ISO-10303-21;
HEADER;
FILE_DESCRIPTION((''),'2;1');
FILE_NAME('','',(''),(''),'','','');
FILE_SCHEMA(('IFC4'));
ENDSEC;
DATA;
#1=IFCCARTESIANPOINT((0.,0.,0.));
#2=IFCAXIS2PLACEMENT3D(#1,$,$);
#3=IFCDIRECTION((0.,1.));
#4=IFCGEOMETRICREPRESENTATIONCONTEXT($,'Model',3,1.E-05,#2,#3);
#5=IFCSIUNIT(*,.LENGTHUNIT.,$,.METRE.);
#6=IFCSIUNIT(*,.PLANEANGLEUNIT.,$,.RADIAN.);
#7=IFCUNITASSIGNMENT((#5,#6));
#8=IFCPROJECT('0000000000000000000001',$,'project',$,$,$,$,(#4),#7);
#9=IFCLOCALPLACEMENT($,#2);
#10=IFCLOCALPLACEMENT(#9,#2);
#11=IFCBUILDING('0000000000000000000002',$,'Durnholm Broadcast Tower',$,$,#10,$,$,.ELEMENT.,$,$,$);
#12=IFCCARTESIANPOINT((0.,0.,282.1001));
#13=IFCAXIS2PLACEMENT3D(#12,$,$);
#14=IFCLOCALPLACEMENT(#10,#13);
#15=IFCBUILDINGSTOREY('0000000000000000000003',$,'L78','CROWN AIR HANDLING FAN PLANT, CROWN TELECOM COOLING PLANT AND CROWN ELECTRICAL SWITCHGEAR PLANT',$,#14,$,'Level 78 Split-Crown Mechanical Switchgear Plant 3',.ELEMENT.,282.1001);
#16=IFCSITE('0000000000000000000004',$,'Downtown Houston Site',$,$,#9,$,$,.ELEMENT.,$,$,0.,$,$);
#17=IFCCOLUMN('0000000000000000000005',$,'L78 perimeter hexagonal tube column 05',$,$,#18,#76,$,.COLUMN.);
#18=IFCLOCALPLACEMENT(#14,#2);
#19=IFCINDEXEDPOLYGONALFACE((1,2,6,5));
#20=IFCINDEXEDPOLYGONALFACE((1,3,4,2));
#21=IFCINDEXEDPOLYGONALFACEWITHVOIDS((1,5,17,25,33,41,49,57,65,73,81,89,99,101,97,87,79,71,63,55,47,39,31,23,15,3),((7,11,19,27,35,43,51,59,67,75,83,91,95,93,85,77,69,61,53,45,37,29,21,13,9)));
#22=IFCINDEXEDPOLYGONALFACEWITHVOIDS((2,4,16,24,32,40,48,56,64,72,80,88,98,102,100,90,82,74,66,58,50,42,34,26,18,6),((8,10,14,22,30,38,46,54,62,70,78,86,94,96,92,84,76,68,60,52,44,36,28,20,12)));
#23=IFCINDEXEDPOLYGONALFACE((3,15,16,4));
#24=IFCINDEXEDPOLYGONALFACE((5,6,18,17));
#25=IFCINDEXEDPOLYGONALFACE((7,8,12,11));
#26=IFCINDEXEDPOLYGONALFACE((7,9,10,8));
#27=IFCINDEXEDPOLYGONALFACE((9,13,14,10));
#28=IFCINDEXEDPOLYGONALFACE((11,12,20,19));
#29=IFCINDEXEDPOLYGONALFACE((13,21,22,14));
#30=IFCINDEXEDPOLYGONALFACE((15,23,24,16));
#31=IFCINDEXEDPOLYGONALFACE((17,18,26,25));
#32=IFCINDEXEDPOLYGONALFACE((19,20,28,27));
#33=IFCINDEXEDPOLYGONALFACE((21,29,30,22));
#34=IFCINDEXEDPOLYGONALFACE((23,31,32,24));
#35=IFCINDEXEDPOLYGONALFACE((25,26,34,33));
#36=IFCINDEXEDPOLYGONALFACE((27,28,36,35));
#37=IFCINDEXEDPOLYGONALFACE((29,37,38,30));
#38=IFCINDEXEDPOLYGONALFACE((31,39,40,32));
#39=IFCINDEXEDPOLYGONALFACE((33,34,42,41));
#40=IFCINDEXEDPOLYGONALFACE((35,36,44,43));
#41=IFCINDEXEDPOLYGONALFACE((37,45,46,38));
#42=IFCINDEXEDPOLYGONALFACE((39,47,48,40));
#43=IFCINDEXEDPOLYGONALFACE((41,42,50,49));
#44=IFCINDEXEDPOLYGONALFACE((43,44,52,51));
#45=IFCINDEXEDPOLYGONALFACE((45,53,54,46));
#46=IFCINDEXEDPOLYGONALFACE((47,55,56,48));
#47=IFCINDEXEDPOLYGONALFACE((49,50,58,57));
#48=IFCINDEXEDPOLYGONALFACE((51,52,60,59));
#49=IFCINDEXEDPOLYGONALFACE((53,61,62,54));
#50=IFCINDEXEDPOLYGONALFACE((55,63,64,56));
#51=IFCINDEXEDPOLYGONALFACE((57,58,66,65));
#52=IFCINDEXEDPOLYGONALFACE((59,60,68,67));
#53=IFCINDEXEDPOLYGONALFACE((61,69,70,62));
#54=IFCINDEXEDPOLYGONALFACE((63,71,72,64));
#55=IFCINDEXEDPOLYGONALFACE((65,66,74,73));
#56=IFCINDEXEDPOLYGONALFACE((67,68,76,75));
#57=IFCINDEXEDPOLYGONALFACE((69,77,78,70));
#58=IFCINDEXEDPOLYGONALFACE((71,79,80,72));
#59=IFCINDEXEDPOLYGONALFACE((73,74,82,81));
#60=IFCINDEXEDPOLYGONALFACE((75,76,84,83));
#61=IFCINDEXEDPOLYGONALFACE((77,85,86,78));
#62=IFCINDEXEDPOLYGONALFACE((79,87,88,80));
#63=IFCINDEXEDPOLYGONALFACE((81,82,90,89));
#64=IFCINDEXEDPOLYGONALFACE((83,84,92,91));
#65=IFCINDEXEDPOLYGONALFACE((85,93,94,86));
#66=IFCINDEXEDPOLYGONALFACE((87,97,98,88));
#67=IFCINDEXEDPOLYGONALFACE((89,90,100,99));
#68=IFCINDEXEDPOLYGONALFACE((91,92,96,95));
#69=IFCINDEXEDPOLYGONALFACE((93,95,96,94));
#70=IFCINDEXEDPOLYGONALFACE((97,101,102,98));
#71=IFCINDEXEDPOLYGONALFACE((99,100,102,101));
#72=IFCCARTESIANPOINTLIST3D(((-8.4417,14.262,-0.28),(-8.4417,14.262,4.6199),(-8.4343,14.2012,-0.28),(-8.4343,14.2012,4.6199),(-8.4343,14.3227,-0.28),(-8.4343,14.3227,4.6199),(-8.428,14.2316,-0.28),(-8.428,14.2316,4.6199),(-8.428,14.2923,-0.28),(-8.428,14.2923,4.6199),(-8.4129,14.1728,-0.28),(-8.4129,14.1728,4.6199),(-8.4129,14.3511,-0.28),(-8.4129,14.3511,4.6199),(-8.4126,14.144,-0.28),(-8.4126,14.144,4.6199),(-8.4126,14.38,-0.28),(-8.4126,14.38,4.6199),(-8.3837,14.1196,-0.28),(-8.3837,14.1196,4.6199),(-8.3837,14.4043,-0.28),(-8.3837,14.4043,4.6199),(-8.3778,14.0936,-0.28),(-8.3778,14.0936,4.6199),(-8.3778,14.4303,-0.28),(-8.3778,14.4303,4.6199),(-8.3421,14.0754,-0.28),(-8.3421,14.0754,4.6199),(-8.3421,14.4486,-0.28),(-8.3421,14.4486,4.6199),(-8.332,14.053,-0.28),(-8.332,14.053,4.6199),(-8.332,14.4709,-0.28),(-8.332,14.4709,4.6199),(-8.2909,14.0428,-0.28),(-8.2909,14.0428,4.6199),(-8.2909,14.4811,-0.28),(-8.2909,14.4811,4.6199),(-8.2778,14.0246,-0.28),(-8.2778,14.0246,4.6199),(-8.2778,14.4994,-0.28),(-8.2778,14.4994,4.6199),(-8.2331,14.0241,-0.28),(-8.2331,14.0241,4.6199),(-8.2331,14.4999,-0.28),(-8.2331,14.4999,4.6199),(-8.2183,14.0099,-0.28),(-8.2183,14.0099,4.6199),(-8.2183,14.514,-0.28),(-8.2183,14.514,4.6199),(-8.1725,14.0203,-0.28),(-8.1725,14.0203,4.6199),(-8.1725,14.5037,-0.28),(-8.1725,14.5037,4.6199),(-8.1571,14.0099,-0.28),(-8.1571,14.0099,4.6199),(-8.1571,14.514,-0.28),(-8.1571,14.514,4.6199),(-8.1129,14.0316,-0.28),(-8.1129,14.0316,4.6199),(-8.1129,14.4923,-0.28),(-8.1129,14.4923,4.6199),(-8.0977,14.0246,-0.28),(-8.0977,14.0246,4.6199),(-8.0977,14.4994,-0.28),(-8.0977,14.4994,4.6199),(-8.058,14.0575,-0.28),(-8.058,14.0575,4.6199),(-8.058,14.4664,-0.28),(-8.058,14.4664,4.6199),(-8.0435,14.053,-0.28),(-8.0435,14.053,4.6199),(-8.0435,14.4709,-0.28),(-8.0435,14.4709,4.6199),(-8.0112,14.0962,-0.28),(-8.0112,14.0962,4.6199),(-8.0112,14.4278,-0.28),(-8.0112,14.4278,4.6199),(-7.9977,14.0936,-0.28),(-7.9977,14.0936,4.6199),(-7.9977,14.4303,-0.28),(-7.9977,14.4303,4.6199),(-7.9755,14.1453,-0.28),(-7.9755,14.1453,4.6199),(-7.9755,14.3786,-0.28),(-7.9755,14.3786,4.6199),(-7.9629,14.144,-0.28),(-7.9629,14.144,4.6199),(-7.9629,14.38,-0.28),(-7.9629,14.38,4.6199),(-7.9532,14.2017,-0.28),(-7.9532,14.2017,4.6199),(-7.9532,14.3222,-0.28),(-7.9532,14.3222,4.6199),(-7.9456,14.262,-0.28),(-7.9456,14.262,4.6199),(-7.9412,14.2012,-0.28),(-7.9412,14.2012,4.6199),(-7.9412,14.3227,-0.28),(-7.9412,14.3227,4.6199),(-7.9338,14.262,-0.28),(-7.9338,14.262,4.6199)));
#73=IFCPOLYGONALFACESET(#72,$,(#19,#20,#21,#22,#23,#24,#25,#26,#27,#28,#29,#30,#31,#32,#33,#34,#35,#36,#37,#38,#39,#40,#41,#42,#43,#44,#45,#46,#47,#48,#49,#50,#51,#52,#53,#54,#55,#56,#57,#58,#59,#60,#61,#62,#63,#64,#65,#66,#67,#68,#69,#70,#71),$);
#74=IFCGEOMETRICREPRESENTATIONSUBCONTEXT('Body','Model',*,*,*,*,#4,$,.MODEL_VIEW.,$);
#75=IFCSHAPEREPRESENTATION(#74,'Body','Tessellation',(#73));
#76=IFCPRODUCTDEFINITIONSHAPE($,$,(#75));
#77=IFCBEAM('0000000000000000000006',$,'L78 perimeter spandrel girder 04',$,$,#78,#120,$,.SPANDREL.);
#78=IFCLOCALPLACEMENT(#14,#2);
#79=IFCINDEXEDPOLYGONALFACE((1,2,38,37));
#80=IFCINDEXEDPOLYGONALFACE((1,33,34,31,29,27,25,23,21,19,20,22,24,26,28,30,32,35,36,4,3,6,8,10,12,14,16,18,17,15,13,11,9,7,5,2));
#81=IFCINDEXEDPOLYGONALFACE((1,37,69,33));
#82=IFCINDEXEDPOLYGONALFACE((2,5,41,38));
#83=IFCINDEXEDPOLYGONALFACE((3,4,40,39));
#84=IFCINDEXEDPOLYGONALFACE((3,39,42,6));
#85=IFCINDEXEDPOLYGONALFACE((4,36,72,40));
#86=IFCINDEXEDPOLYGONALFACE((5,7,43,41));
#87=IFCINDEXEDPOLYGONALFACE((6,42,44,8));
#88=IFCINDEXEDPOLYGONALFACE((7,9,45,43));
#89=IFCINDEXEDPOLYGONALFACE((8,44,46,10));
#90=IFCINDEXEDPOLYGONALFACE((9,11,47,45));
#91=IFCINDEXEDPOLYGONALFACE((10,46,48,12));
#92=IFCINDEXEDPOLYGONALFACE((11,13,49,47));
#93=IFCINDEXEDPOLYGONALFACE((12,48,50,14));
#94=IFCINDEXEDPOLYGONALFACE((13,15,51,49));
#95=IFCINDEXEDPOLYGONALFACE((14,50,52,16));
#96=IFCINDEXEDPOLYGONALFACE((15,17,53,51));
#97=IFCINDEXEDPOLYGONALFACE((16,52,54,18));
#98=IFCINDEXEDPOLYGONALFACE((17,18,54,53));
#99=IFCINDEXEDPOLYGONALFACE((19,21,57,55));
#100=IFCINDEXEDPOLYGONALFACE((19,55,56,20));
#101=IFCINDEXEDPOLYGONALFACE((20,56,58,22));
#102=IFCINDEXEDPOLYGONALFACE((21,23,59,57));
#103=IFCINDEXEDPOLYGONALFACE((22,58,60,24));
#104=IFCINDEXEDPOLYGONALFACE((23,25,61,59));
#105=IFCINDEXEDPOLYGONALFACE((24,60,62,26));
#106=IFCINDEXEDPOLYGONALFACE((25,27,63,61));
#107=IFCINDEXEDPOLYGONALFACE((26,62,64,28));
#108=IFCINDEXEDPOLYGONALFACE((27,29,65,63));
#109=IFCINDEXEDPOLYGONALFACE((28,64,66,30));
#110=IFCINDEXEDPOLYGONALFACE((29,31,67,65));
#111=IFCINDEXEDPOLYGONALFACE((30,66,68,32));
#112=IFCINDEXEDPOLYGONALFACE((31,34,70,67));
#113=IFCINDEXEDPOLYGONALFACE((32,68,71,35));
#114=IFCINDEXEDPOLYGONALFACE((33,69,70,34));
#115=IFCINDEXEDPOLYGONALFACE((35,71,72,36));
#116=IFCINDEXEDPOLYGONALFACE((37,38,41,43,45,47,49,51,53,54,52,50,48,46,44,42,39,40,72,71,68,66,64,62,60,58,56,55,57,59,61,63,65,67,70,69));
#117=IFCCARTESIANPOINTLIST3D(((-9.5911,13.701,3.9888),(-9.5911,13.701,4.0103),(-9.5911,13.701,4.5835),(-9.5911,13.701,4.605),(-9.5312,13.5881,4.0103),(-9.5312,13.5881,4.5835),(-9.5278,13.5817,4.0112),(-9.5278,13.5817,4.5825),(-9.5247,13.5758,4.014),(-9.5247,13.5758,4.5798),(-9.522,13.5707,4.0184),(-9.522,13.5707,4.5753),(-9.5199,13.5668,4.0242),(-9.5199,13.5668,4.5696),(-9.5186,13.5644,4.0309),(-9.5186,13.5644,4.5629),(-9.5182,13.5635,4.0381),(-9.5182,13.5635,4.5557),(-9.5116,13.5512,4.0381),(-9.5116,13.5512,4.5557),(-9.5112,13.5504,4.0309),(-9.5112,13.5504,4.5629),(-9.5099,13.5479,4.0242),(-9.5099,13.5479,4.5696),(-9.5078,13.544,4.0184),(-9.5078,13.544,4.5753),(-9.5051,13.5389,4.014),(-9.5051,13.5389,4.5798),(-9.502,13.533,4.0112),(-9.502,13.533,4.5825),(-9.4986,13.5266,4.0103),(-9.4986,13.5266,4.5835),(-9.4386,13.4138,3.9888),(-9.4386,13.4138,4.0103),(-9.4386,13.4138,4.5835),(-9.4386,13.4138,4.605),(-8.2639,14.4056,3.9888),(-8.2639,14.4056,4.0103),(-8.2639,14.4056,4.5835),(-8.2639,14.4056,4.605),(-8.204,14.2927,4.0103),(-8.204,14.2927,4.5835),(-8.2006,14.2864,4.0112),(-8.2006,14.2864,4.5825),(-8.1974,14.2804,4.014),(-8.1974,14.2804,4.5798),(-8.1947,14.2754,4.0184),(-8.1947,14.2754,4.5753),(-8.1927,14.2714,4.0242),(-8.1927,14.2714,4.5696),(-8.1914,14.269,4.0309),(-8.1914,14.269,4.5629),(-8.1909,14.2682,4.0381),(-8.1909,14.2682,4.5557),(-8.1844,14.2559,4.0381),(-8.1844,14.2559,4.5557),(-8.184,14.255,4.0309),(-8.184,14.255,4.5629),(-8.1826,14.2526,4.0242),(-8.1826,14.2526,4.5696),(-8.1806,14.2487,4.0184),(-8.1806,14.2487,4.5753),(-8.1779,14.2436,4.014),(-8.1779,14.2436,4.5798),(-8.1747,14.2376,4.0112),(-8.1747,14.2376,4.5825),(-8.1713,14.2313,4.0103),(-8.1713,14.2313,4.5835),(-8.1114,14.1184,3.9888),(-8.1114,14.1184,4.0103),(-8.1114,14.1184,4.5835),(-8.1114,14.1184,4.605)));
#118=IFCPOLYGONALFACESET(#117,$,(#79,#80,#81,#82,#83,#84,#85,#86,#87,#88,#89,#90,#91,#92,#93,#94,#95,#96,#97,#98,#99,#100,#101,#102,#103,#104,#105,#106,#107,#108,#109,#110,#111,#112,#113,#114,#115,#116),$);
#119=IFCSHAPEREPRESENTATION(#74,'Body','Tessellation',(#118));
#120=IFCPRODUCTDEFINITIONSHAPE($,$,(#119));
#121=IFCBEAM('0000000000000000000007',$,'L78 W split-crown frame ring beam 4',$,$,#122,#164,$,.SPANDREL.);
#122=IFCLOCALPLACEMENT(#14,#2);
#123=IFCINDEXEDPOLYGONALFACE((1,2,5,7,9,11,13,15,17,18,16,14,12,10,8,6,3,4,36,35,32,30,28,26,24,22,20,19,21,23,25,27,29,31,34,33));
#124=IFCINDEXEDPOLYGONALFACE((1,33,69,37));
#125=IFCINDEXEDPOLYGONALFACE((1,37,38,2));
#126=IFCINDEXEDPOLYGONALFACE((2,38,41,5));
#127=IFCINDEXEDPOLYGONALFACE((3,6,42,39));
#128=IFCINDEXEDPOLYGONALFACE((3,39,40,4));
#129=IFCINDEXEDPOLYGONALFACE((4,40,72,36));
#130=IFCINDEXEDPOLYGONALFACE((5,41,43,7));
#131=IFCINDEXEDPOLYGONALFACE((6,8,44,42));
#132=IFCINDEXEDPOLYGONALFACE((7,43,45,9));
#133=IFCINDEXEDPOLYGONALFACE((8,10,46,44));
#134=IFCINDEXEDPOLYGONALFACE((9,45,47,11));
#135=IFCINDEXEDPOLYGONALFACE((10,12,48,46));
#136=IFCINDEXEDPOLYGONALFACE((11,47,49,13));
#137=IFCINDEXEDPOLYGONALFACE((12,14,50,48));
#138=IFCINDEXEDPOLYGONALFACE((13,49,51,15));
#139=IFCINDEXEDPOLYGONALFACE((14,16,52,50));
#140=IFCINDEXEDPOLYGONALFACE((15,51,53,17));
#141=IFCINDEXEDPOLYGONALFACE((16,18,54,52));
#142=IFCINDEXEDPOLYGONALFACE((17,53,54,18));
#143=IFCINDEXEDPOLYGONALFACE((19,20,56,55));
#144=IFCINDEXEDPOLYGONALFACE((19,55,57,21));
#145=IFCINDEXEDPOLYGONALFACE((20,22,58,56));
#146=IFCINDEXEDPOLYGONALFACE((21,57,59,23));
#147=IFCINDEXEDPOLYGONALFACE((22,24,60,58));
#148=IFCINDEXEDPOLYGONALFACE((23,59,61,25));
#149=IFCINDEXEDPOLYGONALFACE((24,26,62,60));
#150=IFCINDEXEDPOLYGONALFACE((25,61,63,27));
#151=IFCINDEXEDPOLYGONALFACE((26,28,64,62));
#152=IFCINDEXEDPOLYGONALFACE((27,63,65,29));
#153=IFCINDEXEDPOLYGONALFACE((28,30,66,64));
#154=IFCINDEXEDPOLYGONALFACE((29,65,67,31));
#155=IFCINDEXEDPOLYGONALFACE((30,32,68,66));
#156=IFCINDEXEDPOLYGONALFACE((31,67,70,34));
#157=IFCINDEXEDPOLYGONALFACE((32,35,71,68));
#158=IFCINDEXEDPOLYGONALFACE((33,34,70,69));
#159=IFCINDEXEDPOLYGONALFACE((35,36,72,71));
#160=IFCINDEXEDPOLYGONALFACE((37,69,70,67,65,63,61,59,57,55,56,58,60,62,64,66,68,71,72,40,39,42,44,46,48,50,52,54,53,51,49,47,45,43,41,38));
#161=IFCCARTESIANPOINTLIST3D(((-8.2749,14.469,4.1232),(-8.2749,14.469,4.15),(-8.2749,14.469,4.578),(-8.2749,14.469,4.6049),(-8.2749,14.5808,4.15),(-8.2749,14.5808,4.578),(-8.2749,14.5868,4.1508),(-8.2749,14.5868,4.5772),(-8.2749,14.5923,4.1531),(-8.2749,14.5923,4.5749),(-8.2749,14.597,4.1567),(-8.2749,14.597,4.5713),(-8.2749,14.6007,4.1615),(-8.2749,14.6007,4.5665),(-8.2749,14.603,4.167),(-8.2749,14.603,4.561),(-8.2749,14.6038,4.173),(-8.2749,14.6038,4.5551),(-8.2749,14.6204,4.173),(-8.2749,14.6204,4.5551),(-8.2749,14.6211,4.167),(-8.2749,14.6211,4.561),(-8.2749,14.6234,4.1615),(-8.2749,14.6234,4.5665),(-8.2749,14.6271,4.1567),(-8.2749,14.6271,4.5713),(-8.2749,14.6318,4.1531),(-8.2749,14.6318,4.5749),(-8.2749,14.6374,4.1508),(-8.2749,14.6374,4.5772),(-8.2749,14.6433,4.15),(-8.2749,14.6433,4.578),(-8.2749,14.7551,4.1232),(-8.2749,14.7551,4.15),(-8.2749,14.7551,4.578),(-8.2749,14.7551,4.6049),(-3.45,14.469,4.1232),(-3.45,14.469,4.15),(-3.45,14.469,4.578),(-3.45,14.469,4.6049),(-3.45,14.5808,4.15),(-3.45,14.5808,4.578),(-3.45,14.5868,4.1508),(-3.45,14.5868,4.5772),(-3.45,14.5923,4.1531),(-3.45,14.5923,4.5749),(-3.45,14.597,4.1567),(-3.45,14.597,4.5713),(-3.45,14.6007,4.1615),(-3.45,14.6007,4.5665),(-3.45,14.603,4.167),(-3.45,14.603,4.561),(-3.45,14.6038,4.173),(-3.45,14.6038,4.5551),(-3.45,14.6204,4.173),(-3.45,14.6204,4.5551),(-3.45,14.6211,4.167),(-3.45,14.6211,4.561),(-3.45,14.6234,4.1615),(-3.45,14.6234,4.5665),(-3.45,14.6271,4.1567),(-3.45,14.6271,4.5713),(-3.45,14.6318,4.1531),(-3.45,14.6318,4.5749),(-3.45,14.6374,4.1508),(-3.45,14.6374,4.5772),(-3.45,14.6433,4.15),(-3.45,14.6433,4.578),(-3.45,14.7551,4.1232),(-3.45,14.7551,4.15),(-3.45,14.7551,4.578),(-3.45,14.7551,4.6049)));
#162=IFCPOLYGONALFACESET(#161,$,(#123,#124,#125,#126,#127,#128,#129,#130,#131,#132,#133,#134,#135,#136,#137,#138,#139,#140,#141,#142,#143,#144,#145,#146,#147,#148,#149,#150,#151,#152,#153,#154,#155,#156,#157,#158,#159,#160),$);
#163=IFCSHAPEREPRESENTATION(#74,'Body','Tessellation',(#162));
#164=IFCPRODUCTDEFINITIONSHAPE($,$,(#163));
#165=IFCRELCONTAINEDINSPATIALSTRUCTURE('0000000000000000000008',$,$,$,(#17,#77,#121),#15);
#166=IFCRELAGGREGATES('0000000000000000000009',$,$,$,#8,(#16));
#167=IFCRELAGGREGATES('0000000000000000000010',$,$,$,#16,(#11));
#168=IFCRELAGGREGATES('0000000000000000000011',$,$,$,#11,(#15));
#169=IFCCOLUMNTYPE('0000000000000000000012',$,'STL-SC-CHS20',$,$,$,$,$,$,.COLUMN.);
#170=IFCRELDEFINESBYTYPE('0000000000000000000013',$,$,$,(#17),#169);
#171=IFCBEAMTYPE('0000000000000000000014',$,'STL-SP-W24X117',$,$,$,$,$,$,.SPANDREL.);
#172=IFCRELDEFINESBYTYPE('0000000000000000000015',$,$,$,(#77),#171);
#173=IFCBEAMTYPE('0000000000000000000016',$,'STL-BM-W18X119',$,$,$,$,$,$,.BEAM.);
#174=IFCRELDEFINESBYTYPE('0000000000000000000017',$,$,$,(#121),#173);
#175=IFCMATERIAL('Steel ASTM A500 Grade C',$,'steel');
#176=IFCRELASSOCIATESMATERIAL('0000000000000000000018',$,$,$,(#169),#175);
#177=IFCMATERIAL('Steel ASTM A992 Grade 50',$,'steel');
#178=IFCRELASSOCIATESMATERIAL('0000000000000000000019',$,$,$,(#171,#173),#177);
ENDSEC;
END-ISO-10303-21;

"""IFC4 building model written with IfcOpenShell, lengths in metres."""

from ifc_helpers import new_model, si_unit, direction, frame, origin, origin_2d, place, context, subcontext, project, spatial, hollow_circle, i_section, extrude, source, transform, mapped, material, material_profile, profile_set, type_object, type_shapes, element, save


model = new_model("IFC4")

# Units and contexts
model_context = context("Model", 3, precision=1e-05, world=origin(), true_north=direction((0.0, 1.0)))
body_context = subcontext(model_context, "Body", "Model", "MODEL_VIEW")
ifc_project = project(units=[si_unit("LENGTHUNIT", "METRE"), si_unit("PLANEANGLEUNIT", "RADIAN")], contexts=[model_context])

# Site, building, storey
site_placement = place(None, origin())
site = spatial("IfcSite", under=ifc_project, at=site_placement, Name="Downtown Houston Site", CompositionType="ELEMENT", RefElevation=0.0)
building_placement = place(site_placement, origin())
building = spatial("IfcBuilding", under=site, at=building_placement, Name="Durnholm Broadcast Tower", CompositionType="ELEMENT")
storey_placement = place(building_placement, frame((0.0, 0.0, 282.1001)))
storey = spatial("IfcBuildingStorey", under=building, at=storey_placement, Name="L78", Description="CROWN AIR HANDLING FAN PLANT, CROWN TELECOM COOLING PLANT AND CROWN ELECTRICAL SWITCHGEAR PLANT", LongName="Level 78 Split-Crown Mechanical Switchgear Plant 3", CompositionType="ELEMENT", Elevation=282.1001)

# Column
ifc_material_1 = material(Name="Steel ASTM A500 Grade C", Category="steel")
ifc_material_profile_1 = material_profile(ifc_material_1, hollow_circle(Radius=0.2539, WallThickness=0.0117, at=origin_2d()), Name="HSS20.000X0.500")
ifc_profile_set_1 = profile_set([ifc_material_profile_1], Name="Steel ASTM A500 Grade C")
column_type = type_object("IfcColumnType", Name="STL-SC-CHS20", PredefinedType="COLUMN", material=ifc_profile_set_1)
shared_shape_1 = source(origin(), body_context, "Body", "SweptSolid", [
    extrude(hollow_circle(Radius=0.2539, WallThickness=0.0117, at=origin_2d()), origin(), (0.0, 0.0, 1.0), 4.8999),
])
type_shapes(column_type, [shared_shape_1])
column_placement = place(storey_placement, frame((-8.1877, 14.262, -0.28), z_axis=(0.0, 0.0, 1.0), x_axis=(1.0, 0.0, 0.0)))
element("IfcColumn", 1, at=column_placement, inside=storey, type_object=column_type, Name="L78 perimeter hexagonal tube column 05", PredefinedType="COLUMN", context=body_context, shape_type="MappedRepresentation", body=[
    mapped(shared_shape_1, transform((0.0, 0.0, 0.0), x_axis=(1.0, 0.0, 0.0), y_axis=(0.0, 1.0, 0.0), z_axis=(0.0, 0.0, 1.0), scale=1.0)),
])

# Beams
ifc_material_2 = material(Name="Steel ASTM A992 Grade 50", Category="steel")
ifc_material_profile_2 = material_profile(ifc_material_2, i_section(OverallWidth=0.3252, OverallDepth=0.6162, WebThickness=0.0139, FlangeThickness=0.0215, FilletRadius=0.0278, at=origin_2d()), Name="W24X117")
ifc_profile_set_2 = profile_set([ifc_material_profile_2], Name="Steel ASTM A992 Grade 50")
beam_type_1 = type_object("IfcBeamType", Name="STL-SP-W24X117", PredefinedType="SPANDREL", material=ifc_profile_set_2)
shared_shape_2 = source(origin(), body_context, "Body", "SweptSolid", [
    extrude(i_section(OverallWidth=0.3252, OverallDepth=0.6162, WebThickness=0.0139, FlangeThickness=0.0215, FilletRadius=0.0278, at=origin_2d()), origin(), (0.0, 0.0, 1.0), 1.5027),
])
type_shapes(beam_type_1, [shared_shape_2])
beam_1_placement = place(storey_placement, frame((-9.5149, 13.5574, 4.2969), z_axis=(0.883242, 0.468918, 0.0), x_axis=(-0.468918, 0.883242, 0.0)))
element("IfcBeam", 2, at=beam_1_placement, inside=storey, type_object=beam_type_1, Name="L78 perimeter spandrel girder 04", PredefinedType="SPANDREL", context=body_context, shape_type="MappedRepresentation", body=[
    mapped(shared_shape_2, transform((0.0, 0.0, 0.0), x_axis=(1.0, 0.0, 0.0), y_axis=(0.0, 1.0, 0.0), z_axis=(0.0, 0.0, 1.0), scale=1.0)),
])
ifc_material_profile_3 = material_profile(ifc_material_2, i_section(OverallWidth=0.2861, OverallDepth=0.4817, WebThickness=0.0166, FlangeThickness=0.0269, FilletRadius=0.0229, at=origin_2d()), Name="W18X119")
ifc_profile_set_3 = profile_set([ifc_material_profile_3], Name="Steel ASTM A992 Grade 50")
beam_type_2 = type_object("IfcBeamType", Name="STL-BM-W18X119", PredefinedType="BEAM", material=ifc_profile_set_3)
shared_shape_3 = source(origin(), body_context, "Body", "SweptSolid", [
    extrude(i_section(OverallWidth=0.2861, OverallDepth=0.4817, WebThickness=0.0166, FlangeThickness=0.0269, FilletRadius=0.0229, at=origin_2d()), origin(), (0.0, 0.0, 1.0), 4.825),
])
beam_2_placement = place(storey_placement, frame((-3.45, 14.6121, 4.364), z_axis=(-1.0, 0.0, 0.0), x_axis=(0.0, -1.0, 0.0)))
element("IfcBeam", 3, at=beam_2_placement, inside=storey, type_object=beam_type_2, Name="L78 W split-crown frame ring beam 4", PredefinedType="SPANDREL", context=body_context, shape_type="MappedRepresentation", body=[
    mapped(shared_shape_3, transform((0.0, 0.0, 0.0), x_axis=(1.0, 0.0, 0.0), y_axis=(0.0, 1.0, 0.0), z_axis=(0.0, 0.0, 1.0), scale=1.0)),
])

save(model, "model.ifc")
